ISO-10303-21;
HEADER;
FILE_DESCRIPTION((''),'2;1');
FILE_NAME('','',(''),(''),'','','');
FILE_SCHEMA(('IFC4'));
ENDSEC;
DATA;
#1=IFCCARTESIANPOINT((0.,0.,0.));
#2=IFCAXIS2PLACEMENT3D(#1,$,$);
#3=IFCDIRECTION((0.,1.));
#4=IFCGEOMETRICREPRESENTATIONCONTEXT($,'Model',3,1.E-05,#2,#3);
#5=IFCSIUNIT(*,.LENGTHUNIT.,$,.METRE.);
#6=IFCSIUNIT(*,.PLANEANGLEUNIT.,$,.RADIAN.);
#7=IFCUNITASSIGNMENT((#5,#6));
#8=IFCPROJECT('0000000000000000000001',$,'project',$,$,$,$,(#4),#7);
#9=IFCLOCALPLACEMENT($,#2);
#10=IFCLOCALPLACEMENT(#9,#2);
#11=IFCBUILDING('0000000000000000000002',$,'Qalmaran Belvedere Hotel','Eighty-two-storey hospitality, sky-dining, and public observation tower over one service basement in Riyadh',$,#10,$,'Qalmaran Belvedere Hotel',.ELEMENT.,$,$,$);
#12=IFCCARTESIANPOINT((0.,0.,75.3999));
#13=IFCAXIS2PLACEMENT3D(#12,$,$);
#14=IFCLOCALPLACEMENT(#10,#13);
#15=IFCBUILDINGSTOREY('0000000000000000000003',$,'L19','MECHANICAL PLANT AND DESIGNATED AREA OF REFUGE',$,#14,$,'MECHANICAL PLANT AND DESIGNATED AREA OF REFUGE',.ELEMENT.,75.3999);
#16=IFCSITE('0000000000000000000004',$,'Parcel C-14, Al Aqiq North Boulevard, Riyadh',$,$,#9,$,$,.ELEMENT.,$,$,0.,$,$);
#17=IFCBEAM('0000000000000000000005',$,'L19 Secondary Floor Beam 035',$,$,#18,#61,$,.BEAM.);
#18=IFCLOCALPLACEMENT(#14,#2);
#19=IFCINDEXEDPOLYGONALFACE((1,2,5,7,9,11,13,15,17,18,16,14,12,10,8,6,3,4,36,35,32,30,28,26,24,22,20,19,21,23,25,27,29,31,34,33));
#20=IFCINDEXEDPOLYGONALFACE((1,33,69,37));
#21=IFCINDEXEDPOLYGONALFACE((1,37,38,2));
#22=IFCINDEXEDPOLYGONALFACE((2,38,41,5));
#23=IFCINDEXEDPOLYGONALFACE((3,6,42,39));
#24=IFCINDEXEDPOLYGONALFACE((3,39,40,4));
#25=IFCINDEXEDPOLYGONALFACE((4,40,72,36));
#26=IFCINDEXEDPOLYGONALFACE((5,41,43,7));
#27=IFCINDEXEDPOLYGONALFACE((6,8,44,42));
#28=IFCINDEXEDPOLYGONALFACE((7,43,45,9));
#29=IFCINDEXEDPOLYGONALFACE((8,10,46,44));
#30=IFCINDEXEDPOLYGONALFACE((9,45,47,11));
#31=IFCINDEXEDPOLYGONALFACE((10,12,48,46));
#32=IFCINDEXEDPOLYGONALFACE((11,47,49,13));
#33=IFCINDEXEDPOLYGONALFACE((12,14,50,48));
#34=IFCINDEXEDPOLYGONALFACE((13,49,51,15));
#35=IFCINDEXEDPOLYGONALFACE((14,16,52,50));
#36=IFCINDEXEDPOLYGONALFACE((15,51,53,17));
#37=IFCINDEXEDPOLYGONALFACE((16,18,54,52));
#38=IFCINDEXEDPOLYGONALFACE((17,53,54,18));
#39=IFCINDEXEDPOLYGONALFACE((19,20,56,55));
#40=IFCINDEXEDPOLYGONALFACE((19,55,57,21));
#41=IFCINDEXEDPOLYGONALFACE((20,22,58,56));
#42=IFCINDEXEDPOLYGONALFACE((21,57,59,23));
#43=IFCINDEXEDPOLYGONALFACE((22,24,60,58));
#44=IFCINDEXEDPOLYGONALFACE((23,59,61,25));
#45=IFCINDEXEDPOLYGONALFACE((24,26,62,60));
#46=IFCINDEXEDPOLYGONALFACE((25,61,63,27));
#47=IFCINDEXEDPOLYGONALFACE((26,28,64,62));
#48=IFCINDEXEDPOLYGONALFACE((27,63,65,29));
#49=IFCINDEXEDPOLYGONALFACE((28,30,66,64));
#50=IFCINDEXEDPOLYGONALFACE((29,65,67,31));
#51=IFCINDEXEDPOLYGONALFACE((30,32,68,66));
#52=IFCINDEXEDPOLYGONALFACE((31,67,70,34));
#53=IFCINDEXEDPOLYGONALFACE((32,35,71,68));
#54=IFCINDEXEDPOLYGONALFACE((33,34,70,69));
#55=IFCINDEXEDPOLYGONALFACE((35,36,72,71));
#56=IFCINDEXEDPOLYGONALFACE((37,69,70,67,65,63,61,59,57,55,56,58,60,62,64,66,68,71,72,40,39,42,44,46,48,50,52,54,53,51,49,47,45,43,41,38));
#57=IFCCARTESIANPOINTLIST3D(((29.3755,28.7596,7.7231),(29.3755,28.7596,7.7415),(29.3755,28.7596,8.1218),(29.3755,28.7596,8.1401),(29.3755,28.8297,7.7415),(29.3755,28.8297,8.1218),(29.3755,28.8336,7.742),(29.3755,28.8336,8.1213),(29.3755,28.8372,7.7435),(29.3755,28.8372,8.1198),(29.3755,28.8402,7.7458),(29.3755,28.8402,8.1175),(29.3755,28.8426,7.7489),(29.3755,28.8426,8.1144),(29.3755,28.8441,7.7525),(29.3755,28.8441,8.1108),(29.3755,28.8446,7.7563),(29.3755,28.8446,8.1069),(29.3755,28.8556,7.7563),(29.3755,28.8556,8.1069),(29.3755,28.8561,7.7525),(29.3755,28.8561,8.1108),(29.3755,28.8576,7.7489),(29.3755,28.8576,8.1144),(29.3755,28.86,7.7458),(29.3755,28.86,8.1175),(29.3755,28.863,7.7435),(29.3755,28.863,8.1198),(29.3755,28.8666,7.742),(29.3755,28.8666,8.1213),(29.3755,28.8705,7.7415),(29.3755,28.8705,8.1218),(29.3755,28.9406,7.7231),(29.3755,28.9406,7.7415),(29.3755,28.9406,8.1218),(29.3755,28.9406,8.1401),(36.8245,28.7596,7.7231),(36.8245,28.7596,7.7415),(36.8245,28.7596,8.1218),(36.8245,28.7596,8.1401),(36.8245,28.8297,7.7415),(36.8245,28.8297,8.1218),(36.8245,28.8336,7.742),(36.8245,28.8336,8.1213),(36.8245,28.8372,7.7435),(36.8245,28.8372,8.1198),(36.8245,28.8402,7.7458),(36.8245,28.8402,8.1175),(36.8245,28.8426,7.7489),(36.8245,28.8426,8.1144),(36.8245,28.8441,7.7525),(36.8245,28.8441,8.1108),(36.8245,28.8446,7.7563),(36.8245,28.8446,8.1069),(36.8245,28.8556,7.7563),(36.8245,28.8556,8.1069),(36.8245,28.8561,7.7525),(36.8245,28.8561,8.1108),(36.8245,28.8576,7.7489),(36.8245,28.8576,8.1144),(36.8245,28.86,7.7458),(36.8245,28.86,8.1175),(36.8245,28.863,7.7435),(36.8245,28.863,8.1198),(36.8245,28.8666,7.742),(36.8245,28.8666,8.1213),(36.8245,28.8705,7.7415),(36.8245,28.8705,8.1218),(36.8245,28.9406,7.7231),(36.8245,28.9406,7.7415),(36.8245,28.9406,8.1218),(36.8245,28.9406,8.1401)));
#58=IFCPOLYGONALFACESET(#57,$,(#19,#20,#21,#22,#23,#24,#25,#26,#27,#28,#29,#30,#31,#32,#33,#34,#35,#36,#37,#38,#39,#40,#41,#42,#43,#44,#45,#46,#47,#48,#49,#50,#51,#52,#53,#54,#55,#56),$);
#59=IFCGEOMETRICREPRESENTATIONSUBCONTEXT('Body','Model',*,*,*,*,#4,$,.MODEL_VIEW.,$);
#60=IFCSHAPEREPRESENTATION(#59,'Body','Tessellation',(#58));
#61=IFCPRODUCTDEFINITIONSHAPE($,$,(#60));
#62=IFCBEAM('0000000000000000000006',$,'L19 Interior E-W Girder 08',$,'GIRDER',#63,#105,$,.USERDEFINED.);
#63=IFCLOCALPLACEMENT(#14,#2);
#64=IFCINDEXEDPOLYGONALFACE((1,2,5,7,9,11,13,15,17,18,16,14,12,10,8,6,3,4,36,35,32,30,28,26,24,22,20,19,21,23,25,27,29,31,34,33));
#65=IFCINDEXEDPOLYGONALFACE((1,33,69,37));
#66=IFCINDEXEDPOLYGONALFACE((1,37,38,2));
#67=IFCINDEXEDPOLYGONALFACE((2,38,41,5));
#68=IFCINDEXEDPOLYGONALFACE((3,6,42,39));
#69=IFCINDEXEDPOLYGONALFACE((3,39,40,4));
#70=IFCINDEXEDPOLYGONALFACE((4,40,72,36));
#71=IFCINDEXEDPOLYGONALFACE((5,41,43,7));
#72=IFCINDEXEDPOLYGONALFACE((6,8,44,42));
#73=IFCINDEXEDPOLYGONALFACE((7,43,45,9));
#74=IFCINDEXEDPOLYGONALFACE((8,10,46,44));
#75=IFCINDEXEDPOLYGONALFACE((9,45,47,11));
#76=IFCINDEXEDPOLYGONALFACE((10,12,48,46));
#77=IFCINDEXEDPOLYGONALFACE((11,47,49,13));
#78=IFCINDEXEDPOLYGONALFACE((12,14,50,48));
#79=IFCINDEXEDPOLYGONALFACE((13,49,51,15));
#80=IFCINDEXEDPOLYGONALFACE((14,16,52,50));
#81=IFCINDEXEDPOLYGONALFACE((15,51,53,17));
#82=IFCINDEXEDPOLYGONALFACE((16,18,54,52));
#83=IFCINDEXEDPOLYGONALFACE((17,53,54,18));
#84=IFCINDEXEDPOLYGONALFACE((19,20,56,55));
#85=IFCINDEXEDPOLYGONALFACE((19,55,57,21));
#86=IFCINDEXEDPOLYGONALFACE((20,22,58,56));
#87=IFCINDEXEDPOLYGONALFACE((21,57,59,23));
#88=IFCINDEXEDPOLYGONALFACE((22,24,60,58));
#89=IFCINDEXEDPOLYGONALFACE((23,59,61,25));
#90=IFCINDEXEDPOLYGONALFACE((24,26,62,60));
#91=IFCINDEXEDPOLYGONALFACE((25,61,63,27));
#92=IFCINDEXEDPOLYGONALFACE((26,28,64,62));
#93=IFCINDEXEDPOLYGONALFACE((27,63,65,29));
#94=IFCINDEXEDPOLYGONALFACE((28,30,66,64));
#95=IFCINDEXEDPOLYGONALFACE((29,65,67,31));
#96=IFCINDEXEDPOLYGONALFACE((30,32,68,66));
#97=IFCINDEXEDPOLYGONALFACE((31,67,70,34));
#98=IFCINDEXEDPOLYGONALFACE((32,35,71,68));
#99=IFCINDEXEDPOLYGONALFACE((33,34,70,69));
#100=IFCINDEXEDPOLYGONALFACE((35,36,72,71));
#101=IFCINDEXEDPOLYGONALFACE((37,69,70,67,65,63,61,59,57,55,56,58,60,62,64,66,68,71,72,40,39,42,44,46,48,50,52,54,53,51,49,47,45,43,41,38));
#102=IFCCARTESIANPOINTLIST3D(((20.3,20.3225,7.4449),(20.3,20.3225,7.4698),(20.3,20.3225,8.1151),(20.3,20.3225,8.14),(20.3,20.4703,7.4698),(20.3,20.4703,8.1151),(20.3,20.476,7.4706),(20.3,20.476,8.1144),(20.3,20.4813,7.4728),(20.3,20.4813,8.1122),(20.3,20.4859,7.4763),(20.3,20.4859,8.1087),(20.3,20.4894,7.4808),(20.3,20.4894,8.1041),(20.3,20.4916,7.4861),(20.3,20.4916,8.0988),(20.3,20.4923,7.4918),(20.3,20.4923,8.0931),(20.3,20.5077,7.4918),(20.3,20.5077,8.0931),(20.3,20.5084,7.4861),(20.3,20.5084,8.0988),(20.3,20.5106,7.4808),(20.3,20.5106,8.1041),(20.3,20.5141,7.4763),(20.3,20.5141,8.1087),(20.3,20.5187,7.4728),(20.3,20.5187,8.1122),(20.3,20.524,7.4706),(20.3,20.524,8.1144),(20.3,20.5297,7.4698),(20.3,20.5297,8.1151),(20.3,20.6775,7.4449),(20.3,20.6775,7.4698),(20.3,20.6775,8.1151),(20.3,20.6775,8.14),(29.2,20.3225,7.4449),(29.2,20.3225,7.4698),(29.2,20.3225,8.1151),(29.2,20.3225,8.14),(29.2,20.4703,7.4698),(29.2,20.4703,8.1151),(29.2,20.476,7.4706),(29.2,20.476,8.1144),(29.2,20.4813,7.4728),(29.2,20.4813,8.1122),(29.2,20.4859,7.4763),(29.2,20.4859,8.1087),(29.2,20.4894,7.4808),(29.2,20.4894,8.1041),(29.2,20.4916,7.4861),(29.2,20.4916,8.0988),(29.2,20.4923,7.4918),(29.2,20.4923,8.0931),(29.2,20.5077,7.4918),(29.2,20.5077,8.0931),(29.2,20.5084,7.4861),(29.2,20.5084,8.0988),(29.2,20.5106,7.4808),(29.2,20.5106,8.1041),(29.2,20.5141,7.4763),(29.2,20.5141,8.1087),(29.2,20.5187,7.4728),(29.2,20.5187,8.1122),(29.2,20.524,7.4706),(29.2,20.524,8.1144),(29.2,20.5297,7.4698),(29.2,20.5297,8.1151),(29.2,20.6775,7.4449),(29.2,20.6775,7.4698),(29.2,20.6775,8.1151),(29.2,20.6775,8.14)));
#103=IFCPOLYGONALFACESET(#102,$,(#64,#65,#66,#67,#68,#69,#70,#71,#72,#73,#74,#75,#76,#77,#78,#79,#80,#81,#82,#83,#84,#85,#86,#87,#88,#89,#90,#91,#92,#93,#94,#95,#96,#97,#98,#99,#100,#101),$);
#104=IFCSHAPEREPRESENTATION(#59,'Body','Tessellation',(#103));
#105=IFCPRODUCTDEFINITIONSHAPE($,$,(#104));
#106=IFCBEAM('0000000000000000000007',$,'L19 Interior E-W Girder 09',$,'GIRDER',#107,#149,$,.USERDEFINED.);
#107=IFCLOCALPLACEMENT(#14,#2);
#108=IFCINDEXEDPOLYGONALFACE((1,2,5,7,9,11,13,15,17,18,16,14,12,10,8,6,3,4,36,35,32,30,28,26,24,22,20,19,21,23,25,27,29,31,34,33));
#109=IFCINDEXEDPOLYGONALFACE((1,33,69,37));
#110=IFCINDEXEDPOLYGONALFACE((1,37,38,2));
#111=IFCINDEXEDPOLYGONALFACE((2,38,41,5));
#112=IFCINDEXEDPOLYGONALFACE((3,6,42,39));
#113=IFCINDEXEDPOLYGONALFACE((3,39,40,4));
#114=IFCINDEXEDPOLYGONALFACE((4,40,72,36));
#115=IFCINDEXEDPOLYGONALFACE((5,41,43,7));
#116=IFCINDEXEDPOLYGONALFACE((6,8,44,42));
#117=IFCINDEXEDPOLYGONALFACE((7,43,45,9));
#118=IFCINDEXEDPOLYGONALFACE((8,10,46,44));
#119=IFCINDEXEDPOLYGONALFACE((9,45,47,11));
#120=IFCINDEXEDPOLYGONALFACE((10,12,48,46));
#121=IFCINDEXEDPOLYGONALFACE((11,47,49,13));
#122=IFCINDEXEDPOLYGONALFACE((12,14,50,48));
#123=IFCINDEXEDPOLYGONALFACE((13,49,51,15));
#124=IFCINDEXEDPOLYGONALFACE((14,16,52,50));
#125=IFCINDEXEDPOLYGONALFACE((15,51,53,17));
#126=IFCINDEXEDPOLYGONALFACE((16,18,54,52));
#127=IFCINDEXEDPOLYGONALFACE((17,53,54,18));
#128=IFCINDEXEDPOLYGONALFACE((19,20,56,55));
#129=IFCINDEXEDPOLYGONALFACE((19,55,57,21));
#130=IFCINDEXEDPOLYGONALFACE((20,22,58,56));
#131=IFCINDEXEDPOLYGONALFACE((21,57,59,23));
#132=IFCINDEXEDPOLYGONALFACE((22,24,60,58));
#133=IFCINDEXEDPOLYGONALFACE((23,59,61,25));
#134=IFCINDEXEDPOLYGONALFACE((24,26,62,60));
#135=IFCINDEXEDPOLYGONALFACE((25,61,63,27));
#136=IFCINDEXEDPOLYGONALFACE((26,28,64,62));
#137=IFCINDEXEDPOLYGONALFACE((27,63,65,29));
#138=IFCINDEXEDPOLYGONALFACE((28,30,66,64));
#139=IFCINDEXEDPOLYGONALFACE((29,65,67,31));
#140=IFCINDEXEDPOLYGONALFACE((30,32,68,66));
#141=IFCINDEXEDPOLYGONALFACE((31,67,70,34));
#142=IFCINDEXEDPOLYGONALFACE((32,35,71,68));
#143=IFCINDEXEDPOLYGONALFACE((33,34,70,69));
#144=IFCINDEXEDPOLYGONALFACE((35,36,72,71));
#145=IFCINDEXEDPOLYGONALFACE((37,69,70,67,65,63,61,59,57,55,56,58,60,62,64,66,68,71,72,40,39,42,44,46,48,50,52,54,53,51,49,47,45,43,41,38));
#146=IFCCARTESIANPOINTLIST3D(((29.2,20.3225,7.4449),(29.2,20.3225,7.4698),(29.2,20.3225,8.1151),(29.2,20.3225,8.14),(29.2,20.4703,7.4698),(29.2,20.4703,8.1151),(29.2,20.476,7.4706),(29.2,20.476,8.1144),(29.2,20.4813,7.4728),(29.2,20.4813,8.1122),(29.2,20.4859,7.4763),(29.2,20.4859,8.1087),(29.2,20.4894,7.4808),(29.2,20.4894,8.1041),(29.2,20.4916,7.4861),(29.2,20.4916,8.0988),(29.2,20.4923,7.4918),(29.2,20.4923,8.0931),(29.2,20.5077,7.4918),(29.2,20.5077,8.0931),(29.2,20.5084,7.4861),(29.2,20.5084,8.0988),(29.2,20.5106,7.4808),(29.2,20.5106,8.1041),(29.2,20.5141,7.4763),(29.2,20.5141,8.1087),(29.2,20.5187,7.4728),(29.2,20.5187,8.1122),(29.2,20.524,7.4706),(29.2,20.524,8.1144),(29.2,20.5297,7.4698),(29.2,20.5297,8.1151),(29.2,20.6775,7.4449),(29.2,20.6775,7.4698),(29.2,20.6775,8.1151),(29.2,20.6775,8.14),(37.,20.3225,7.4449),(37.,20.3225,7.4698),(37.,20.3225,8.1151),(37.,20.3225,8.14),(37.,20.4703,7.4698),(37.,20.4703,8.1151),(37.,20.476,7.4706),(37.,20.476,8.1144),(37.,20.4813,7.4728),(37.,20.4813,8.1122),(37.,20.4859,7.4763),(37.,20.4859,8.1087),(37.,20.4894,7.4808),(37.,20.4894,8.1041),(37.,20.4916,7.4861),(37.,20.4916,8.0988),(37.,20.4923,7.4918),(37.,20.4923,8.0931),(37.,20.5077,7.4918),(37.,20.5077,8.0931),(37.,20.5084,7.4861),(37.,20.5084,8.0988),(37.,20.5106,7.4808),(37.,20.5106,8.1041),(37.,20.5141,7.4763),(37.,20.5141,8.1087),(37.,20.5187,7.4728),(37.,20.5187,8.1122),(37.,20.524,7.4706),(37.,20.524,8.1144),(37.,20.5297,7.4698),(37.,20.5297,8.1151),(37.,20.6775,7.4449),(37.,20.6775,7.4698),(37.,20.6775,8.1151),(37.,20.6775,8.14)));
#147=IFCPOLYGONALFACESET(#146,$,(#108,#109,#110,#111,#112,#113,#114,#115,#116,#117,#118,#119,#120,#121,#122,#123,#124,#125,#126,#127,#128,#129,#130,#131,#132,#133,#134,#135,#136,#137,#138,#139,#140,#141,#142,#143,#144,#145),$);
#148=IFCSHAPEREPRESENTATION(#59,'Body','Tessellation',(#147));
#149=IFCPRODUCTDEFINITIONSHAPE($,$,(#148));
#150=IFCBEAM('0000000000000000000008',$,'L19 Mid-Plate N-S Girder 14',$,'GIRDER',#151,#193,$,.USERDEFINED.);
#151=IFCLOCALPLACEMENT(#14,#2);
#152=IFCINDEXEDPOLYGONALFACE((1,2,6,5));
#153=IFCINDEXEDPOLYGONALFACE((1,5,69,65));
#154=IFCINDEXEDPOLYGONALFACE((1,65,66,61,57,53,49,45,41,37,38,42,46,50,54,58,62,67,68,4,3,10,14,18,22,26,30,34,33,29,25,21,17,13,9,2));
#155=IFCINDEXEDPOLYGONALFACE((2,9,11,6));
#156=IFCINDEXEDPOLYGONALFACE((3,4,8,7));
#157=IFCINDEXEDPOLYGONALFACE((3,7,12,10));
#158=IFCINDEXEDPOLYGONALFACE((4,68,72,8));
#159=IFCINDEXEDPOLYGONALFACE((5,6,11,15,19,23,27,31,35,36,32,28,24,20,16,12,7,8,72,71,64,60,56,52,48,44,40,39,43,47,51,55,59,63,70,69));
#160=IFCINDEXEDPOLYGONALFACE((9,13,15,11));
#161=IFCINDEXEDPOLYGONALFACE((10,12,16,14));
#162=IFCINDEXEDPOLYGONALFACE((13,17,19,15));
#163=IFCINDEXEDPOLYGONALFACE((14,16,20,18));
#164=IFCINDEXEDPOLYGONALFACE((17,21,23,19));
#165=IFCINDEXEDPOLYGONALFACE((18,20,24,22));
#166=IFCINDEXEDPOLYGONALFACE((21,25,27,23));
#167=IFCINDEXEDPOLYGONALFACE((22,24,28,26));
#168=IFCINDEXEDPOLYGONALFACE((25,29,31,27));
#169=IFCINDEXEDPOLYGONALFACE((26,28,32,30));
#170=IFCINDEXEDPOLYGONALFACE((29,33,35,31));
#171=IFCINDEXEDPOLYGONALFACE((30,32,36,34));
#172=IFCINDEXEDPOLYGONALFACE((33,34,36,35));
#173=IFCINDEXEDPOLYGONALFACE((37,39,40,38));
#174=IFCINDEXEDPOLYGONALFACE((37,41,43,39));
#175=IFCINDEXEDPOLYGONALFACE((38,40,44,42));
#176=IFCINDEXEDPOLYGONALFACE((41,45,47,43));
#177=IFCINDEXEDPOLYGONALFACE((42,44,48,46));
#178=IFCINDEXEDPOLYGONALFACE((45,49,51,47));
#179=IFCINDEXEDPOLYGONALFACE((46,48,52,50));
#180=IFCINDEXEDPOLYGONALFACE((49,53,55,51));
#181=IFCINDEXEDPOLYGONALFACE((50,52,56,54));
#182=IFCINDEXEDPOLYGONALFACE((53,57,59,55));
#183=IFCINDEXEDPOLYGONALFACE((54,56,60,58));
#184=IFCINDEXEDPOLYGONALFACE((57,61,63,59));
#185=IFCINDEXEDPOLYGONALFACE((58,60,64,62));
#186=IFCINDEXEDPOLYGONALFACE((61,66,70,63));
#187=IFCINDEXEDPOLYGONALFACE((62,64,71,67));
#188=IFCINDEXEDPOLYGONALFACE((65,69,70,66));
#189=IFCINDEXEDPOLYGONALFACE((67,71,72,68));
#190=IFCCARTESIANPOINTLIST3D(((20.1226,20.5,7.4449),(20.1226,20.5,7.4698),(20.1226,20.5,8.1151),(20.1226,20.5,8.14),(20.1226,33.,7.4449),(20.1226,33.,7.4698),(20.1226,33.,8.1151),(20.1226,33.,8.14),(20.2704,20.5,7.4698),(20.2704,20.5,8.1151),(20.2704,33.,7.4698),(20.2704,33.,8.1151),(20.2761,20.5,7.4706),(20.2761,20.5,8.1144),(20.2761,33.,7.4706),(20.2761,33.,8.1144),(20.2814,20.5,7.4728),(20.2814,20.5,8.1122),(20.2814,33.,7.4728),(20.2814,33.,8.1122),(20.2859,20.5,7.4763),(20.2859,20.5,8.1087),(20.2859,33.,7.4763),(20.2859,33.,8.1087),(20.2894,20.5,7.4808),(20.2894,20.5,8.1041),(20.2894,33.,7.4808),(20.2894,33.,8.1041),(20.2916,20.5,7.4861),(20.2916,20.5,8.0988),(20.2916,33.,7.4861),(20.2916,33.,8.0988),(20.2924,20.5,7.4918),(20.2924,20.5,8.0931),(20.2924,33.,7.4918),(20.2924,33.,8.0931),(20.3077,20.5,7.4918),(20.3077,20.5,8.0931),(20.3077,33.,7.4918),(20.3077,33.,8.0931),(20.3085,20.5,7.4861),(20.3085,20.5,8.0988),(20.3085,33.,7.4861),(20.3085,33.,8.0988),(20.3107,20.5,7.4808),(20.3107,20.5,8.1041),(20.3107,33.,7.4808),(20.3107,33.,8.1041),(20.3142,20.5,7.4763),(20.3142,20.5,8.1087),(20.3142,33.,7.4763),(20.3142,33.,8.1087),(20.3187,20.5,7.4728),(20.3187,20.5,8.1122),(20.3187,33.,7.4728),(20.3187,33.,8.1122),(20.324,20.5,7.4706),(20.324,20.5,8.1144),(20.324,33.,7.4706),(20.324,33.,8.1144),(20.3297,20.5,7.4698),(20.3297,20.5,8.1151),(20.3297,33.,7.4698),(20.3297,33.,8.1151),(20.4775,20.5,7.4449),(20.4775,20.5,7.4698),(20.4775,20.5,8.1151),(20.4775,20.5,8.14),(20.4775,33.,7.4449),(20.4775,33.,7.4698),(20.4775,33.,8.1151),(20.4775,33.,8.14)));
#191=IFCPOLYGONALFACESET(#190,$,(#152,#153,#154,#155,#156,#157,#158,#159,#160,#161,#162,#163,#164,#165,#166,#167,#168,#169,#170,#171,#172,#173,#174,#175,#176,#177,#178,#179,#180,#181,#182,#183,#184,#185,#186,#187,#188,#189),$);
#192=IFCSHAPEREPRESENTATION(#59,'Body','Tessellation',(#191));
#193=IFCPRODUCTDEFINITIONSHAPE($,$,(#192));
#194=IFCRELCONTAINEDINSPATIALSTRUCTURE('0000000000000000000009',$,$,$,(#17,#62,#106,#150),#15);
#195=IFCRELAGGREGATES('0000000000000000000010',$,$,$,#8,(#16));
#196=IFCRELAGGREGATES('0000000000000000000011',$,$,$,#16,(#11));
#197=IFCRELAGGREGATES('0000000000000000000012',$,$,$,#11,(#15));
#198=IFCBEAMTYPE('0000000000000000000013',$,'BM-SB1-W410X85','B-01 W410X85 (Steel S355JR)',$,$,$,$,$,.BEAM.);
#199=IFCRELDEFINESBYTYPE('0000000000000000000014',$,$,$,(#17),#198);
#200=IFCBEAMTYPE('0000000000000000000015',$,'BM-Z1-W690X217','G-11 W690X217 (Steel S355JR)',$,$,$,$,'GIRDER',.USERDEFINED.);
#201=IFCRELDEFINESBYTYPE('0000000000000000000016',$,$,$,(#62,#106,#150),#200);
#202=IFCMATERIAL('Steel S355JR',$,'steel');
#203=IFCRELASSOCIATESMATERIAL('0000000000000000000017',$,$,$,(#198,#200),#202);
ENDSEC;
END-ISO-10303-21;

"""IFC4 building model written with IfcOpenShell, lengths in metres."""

from ifc_helpers import new_model, si_unit, direction, frame, origin, origin_2d, place, context, subcontext, project, spatial, i_section, extrude, material, material_profile, profile_set, type_object, element, save


model = new_model("IFC4")

# Units and contexts
model_context = context("Model", 3, precision=1e-05, world=origin(), true_north=direction((0.0, 1.0)))
body_context = subcontext(model_context, "Body", "Model", "MODEL_VIEW")
ifc_project = project(units=[si_unit("LENGTHUNIT", "METRE"), si_unit("PLANEANGLEUNIT", "RADIAN")], contexts=[model_context])

# Site, building, storey
site_placement = place(None, origin())
site = spatial("IfcSite", under=ifc_project, at=site_placement, Name="Parcel C-14, Al Aqiq North Boulevard, Riyadh", CompositionType="ELEMENT", RefElevation=0.0)
building_placement = place(site_placement, origin())
building = spatial("IfcBuilding", under=site, at=building_placement, Name="Qalmaran Belvedere Hotel", Description="Eighty-two-storey hospitality, sky-dining, and public observation tower over one service basement in Riyadh", LongName="Qalmaran Belvedere Hotel", CompositionType="ELEMENT")
storey_placement = place(building_placement, frame((0.0, 0.0, 75.3999)))
storey = spatial("IfcBuildingStorey", under=building, at=storey_placement, Name="L19", Description="MECHANICAL PLANT AND DESIGNATED AREA OF REFUGE", LongName="MECHANICAL PLANT AND DESIGNATED AREA OF REFUGE", CompositionType="ELEMENT", Elevation=75.3999)

# Beams
ifc_material_1 = material(Name="Steel S355JR", Category="steel")
ifc_material_profile_1 = material_profile(ifc_material_1, i_section(OverallWidth=0.1809, OverallDepth=0.417, WebThickness=0.011, FlangeThickness=0.0183, FilletRadius=0.0149, at=origin_2d()), Name="W410X85")
ifc_profile_set_1 = profile_set([ifc_material_profile_1], Name="Steel S355JR")
beam_type_1 = type_object("IfcBeamType", Name="BM-SB1-W410X85", Description="B-01 W410X85 (Steel S355JR)", PredefinedType="BEAM", material=ifc_profile_set_1)
beam_1_placement = place(storey_placement, frame((29.3755, 28.8501, 7.9316), z_axis=(1.0, 0.0, 0.0), x_axis=(0.0, 1.0, 0.0)))
element("IfcBeam", 1, at=beam_1_placement, inside=storey, type_object=beam_type_1, Name="L19 Secondary Floor Beam 035", PredefinedType="BEAM", context=body_context, shape_type="SweptSolid", body=[
    extrude(i_section(OverallWidth=0.1809, OverallDepth=0.417, WebThickness=0.011, FlangeThickness=0.0183, FilletRadius=0.0149, at=origin_2d()), origin(), (0.0, 0.0, 1.0), 7.449),
])
ifc_material_profile_2 = material_profile(ifc_material_1, i_section(OverallWidth=0.355, OverallDepth=0.6951, WebThickness=0.0154, FlangeThickness=0.0249, FilletRadius=0.022, at=origin_2d()), Name="W690X217")
ifc_profile_set_2 = profile_set([ifc_material_profile_2], Name="Steel S355JR")
beam_type_2 = type_object("IfcBeamType", Name="BM-Z1-W690X217", Description="G-11 W690X217 (Steel S355JR)", ElementType="GIRDER", PredefinedType="USERDEFINED", material=ifc_profile_set_2)
beam_2_placement = place(storey_placement, frame((20.3, 20.5, 7.7925), z_axis=(1.0, 0.0, 0.0), x_axis=(0.0, 1.0, 0.0)))
element("IfcBeam", 2, at=beam_2_placement, inside=storey, type_object=beam_type_2, Name="L19 Interior E-W Girder 08", ObjectType="GIRDER", PredefinedType="USERDEFINED", context=body_context, shape_type="SweptSolid", body=[
    extrude(i_section(OverallWidth=0.355, OverallDepth=0.6951, WebThickness=0.0154, FlangeThickness=0.0249, FilletRadius=0.022, at=origin_2d()), origin(), (0.0, 0.0, 1.0), 8.8999),
])
beam_3_placement = place(storey_placement, frame((29.2, 20.5, 7.7925), z_axis=(1.0, 0.0, 0.0), x_axis=(0.0, 1.0, 0.0)))
element("IfcBeam", 3, at=beam_3_placement, inside=storey, type_object=beam_type_2, Name="L19 Interior E-W Girder 09", ObjectType="GIRDER", PredefinedType="USERDEFINED", context=body_context, shape_type="SweptSolid", body=[
    extrude(i_section(OverallWidth=0.355, OverallDepth=0.6951, WebThickness=0.0154, FlangeThickness=0.0249, FilletRadius=0.022, at=origin_2d()), origin(), (0.0, 0.0, 1.0), 7.8),
])
for number, where, z_axis, x_axis, name in (
    (4, (20.3, 20.5, 7.7925), (0.0, 1.0, 0.0), (-1.0, 0.0, 0.0), "L19 Mid-Plate N-S Girder 14"),
):
    element("IfcBeam", number, at=place(storey_placement, frame(where, z_axis=z_axis, x_axis=x_axis)), inside=storey, type_object=beam_type_2, Name=name, ObjectType="GIRDER", PredefinedType="USERDEFINED", context=body_context, shape_type="SweptSolid", body=[
        extrude(i_section(OverallWidth=0.355, OverallDepth=0.6951, WebThickness=0.0154, FlangeThickness=0.0249, FilletRadius=0.022, at=origin_2d()), origin(), (0.0, 0.0, 1.0), 12.5),
    ])

save(model, "model.ifc")
